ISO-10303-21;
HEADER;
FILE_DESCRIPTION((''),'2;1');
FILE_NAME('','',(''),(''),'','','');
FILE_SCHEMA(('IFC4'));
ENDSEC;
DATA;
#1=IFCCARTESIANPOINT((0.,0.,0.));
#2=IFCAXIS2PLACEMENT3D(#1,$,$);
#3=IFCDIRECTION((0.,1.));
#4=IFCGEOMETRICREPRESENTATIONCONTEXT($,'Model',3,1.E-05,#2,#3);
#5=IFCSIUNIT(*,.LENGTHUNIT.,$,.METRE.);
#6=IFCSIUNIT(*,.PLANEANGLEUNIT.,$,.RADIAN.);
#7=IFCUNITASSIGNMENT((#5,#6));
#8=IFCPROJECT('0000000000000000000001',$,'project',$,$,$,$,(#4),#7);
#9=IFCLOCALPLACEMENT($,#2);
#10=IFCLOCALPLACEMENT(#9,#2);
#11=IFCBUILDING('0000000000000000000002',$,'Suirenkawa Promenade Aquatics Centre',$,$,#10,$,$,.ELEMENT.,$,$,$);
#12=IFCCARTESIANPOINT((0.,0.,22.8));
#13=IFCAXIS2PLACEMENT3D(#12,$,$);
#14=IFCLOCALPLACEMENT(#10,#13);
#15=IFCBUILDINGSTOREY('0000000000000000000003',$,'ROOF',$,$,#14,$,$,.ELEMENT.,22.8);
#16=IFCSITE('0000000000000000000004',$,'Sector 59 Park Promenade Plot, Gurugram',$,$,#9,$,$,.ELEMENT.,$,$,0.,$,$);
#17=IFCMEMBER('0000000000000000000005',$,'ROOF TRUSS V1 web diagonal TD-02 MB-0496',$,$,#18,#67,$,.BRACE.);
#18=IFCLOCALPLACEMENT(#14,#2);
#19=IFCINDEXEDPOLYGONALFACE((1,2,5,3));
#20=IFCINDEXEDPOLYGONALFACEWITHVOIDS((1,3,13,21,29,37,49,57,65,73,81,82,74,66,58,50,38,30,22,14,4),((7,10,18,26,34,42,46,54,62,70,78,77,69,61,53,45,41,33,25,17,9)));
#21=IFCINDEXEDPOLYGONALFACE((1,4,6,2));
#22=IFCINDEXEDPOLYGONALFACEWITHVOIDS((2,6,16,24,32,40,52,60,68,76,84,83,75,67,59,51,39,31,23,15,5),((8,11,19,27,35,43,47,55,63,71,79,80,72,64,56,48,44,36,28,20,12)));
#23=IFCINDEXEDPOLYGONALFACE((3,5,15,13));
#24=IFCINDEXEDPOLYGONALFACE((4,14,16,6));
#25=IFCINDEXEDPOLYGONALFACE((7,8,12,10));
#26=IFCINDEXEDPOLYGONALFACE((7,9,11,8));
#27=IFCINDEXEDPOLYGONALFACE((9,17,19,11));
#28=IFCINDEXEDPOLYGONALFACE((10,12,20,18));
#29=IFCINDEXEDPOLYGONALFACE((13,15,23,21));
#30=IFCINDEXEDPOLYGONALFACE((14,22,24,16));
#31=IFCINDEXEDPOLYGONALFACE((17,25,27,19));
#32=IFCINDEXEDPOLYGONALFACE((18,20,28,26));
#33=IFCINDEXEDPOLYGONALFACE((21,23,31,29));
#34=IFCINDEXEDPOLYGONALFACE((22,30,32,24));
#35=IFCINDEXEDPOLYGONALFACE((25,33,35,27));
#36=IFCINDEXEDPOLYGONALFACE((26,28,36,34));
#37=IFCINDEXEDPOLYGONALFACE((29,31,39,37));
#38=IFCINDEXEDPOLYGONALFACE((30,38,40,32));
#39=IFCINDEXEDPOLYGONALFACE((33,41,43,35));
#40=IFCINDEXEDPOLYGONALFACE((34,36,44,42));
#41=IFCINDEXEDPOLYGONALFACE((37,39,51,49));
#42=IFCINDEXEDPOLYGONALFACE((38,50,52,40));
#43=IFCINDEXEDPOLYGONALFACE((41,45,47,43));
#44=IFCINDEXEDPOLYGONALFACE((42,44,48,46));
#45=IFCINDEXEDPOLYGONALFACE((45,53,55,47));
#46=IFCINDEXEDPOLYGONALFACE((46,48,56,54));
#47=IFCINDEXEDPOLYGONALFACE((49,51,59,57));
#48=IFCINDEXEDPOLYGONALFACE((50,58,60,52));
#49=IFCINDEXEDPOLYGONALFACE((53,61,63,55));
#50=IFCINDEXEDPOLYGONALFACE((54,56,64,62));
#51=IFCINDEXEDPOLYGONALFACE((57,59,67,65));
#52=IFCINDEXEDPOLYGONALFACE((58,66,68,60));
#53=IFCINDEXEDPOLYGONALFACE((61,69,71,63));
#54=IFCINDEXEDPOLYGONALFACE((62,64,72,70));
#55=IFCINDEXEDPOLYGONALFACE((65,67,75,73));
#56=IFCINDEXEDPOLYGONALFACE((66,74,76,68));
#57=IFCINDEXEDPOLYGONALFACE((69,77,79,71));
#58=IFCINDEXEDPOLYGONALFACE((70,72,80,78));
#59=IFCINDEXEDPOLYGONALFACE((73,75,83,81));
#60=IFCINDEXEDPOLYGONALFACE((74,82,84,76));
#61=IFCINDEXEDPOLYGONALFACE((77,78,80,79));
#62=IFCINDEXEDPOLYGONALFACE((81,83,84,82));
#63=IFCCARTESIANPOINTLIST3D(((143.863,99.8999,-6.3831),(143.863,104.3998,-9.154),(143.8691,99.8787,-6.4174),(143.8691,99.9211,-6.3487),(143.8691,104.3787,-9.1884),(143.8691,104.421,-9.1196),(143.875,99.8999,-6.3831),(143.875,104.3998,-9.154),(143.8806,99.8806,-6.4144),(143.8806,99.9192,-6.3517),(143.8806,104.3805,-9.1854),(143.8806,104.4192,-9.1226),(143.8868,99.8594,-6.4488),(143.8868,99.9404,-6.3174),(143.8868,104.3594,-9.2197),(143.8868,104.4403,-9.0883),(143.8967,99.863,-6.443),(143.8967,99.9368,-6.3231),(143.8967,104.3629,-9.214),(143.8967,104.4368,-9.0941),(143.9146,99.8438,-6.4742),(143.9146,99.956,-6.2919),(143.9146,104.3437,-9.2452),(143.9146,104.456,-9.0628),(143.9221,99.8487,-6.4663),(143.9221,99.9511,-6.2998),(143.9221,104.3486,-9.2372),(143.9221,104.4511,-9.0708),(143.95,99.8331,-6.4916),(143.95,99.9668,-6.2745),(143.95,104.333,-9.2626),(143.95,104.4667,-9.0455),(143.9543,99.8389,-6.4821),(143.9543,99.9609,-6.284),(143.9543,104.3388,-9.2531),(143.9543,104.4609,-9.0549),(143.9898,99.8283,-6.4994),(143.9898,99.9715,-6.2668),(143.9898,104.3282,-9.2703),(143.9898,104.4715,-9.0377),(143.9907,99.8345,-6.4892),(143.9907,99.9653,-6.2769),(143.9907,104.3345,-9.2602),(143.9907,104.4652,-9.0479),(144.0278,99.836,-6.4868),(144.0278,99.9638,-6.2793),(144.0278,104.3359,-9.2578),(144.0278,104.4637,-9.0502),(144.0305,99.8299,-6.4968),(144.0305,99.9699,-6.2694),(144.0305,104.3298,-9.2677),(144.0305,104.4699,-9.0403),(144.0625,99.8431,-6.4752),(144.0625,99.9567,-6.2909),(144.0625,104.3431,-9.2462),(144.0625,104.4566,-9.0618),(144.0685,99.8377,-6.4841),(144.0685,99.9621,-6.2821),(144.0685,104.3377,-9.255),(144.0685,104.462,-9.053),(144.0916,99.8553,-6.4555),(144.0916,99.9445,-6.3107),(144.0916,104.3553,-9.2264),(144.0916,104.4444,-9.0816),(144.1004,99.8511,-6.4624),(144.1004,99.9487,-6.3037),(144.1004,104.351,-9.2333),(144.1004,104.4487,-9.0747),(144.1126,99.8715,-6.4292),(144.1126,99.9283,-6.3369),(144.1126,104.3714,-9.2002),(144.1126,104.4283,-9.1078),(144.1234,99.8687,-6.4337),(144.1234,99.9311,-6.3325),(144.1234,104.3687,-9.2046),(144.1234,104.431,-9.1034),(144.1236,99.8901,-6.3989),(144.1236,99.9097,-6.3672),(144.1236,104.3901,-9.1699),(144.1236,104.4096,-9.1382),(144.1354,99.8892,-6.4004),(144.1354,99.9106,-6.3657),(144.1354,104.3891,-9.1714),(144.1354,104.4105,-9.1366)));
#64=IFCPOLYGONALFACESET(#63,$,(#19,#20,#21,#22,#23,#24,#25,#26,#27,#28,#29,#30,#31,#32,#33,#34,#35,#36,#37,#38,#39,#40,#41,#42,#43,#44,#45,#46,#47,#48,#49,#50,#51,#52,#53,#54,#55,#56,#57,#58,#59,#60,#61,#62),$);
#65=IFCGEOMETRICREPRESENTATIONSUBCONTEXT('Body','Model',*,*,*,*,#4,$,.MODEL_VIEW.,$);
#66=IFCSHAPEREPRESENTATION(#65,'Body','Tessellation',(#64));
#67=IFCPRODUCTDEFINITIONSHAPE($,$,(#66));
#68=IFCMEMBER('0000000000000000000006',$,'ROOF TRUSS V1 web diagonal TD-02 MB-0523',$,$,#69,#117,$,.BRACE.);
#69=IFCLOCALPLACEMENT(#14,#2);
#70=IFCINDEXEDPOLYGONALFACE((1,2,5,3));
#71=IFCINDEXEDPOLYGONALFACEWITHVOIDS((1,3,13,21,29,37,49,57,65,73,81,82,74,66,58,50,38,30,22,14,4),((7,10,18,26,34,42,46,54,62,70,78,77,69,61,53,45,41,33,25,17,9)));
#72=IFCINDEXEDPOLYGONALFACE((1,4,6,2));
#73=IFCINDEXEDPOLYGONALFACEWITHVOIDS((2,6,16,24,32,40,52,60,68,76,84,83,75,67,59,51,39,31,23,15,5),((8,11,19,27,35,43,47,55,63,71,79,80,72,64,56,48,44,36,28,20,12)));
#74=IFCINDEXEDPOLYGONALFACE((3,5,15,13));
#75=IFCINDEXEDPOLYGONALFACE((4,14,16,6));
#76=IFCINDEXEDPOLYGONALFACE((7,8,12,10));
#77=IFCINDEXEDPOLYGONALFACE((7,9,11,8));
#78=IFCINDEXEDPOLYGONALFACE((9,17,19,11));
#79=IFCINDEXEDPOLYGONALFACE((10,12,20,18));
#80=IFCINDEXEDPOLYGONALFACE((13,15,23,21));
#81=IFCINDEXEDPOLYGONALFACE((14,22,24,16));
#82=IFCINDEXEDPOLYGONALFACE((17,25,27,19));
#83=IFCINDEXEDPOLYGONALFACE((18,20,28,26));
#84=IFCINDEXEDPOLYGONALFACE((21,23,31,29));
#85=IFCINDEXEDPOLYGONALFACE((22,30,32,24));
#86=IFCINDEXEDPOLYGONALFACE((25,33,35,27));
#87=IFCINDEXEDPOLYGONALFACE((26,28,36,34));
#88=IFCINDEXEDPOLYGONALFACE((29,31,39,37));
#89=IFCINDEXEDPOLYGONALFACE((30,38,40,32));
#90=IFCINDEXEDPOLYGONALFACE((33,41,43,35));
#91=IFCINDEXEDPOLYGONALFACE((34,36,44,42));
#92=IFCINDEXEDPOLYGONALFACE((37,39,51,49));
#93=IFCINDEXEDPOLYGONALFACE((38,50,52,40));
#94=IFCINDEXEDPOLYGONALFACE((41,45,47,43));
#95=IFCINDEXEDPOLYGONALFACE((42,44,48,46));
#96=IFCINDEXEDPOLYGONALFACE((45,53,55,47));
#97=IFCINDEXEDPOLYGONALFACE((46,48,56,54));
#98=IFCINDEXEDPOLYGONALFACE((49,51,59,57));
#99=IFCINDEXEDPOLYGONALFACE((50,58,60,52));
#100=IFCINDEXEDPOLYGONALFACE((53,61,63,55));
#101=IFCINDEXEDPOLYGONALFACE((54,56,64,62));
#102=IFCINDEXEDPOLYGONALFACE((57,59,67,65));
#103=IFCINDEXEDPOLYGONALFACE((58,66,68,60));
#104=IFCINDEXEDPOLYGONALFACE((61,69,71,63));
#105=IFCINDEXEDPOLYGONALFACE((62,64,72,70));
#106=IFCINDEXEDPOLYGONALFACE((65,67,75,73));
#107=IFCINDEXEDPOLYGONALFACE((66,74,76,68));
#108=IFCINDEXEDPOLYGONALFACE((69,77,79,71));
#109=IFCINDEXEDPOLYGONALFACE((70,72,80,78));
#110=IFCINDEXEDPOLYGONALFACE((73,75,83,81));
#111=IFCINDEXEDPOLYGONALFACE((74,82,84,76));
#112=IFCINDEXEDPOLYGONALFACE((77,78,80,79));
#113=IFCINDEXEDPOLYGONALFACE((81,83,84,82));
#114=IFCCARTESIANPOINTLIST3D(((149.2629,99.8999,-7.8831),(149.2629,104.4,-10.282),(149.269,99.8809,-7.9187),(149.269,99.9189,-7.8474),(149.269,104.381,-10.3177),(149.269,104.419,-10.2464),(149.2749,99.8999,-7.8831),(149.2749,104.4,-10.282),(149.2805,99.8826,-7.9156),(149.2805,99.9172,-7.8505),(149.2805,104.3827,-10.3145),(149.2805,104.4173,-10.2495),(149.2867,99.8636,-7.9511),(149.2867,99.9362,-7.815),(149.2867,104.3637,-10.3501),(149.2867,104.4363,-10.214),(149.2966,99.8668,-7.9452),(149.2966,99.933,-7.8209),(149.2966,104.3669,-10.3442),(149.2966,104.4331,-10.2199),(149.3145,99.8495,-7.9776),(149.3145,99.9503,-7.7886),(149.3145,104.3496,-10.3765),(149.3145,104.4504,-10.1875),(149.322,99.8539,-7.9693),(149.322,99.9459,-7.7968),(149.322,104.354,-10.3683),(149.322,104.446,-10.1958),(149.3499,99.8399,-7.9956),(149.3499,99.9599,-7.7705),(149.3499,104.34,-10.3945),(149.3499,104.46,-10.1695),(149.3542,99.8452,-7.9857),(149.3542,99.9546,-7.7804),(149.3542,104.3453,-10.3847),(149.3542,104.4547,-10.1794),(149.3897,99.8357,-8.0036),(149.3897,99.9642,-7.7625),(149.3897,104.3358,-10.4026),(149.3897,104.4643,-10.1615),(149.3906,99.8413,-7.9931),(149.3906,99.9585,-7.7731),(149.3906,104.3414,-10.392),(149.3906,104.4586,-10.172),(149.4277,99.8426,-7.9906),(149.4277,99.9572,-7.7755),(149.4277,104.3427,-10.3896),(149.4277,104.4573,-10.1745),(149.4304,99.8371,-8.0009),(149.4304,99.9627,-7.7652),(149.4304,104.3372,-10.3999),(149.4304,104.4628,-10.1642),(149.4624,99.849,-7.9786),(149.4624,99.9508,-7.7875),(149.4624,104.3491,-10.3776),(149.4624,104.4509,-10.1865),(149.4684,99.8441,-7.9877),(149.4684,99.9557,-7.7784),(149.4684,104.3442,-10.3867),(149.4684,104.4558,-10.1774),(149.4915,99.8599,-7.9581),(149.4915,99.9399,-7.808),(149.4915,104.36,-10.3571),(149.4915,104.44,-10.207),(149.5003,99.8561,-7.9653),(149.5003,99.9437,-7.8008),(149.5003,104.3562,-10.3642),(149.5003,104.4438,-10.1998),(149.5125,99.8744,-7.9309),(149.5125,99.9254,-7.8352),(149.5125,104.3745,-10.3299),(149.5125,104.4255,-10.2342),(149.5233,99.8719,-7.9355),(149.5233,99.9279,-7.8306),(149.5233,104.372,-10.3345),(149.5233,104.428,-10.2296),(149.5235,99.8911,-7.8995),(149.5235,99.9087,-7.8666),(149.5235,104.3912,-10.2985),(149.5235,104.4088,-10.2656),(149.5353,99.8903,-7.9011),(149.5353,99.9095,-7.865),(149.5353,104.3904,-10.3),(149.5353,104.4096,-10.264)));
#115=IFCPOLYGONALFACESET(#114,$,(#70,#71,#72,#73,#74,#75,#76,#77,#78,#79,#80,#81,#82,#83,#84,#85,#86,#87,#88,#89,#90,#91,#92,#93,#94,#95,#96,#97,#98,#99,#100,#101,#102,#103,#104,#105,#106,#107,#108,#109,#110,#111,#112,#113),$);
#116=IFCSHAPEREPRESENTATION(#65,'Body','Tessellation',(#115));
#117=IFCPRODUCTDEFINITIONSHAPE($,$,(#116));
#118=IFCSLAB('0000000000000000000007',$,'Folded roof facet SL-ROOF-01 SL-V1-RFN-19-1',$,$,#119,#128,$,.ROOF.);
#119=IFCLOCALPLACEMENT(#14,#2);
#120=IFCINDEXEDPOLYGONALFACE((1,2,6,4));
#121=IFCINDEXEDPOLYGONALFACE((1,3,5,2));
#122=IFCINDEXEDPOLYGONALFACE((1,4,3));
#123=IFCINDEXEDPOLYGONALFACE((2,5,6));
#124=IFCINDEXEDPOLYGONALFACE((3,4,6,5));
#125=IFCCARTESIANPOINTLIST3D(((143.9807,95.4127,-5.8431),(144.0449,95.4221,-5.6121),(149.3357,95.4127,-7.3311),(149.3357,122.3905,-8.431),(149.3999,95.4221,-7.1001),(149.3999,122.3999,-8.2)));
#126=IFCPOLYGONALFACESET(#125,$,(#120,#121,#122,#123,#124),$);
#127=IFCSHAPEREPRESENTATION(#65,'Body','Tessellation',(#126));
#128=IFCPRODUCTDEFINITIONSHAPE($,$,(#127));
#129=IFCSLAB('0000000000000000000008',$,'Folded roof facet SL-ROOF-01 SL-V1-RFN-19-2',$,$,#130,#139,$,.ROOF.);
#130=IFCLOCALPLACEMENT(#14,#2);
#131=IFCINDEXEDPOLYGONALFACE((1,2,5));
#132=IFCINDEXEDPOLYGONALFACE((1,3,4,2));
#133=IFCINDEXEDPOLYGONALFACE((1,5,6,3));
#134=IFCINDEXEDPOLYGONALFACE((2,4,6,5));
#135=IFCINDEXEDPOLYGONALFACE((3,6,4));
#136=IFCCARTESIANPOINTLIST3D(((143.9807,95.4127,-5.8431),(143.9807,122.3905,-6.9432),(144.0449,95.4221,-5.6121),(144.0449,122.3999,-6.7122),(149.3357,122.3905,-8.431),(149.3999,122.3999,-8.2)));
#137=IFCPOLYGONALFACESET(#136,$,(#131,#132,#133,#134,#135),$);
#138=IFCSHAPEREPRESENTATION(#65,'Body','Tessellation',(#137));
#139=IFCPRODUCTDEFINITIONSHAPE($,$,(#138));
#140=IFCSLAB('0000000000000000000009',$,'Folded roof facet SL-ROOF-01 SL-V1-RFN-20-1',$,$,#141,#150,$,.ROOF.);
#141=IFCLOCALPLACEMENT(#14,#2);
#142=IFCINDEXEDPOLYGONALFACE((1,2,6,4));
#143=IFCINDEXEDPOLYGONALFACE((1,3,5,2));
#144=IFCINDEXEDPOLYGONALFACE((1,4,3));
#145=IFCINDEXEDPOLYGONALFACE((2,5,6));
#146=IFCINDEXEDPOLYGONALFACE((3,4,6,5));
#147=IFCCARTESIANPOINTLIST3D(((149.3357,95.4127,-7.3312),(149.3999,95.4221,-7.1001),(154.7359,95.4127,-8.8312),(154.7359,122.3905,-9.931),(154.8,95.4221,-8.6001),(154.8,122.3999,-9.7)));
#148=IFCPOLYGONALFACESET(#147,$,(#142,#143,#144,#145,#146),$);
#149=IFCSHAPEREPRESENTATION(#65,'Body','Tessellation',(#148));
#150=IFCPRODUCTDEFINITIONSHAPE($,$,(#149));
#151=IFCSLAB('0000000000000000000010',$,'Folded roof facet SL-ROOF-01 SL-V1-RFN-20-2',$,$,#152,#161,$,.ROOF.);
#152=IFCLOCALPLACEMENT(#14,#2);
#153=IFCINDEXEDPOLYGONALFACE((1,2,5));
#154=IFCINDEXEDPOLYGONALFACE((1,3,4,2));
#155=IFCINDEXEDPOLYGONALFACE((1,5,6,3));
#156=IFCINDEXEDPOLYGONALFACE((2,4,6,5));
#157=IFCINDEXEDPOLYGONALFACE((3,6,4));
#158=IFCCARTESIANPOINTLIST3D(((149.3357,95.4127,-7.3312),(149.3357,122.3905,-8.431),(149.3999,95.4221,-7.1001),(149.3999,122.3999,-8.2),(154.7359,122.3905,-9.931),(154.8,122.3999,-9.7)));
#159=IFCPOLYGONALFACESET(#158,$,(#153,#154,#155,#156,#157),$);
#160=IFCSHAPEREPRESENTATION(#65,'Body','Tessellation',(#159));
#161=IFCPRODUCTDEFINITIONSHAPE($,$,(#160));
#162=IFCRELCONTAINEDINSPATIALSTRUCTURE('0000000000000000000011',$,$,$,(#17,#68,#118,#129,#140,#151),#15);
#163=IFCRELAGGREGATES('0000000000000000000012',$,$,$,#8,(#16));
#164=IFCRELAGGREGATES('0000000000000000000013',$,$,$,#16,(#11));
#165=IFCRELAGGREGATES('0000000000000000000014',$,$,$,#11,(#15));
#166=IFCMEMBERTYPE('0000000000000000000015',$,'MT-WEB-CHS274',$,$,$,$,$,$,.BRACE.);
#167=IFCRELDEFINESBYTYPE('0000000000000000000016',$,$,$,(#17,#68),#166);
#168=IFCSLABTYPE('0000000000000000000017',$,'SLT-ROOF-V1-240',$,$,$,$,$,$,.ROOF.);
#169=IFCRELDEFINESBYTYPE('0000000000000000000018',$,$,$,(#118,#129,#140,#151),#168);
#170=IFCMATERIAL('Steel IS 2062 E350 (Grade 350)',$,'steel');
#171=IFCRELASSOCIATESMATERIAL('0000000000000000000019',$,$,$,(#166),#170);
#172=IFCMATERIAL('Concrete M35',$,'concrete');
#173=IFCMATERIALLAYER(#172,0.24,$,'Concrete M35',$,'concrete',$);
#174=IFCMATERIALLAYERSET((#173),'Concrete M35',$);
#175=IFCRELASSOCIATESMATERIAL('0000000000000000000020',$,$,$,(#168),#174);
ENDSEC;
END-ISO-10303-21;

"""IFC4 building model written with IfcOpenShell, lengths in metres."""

from ifc_helpers import new_model, si_unit, direction, frame, origin, origin_2d, place, context, subcontext, project, spatial, polyline, hollow_circle, outline, extrude, material, layer, layer_set, material_profile, profile_set, type_object, element, save


model = new_model("IFC4")

# Units and contexts
model_context = context("Model", 3, precision=1e-05, world=origin(), true_north=direction((0.0, 1.0)))
body_context = subcontext(model_context, "Body", "Model", "MODEL_VIEW")
ifc_project = project(units=[si_unit("LENGTHUNIT", "METRE"), si_unit("PLANEANGLEUNIT", "RADIAN")], contexts=[model_context])

# Site, building, storey
site_placement = place(None, origin())
site = spatial("IfcSite", under=ifc_project, at=site_placement, Name="Sector 59 Park Promenade Plot, Gurugram", CompositionType="ELEMENT", RefElevation=0.0)
building_placement = place(site_placement, origin())
building = spatial("IfcBuilding", under=site, at=building_placement, Name="Suirenkawa Promenade Aquatics Centre", CompositionType="ELEMENT")
storey_placement = place(building_placement, frame((0.0, 0.0, 22.8)))
storey = spatial("IfcBuildingStorey", under=building, at=storey_placement, Name="ROOF", CompositionType="ELEMENT", Elevation=22.8)

# Shared definitions
ifc_material_1 = material(Name="Steel IS 2062 E350 (Grade 350)", Category="steel")

# Members
ifc_material_profile_1 = material_profile(ifc_material_1, hollow_circle(Radius=0.137, WallThickness=0.012, at=origin_2d()), Name="CHS 274x12", Category="steel")
ifc_profile_set_1 = profile_set([ifc_material_profile_1], Name="Steel IS 2062 E350 (Grade 350)")
member_type_1 = type_object("IfcMemberType", Name="MT-WEB-CHS274", PredefinedType="BRACE", material=ifc_profile_set_1)
member_1_placement = place(storey_placement, frame((144.0, 99.8999, -6.3831), z_axis=(0.0, 0.851509, -0.52434), x_axis=(-1.0, 0.0, 0.0)))
element("IfcMember", 1, at=member_1_placement, inside=storey, type_object=member_type_1, Name="ROOF TRUSS V1 web diagonal TD-02 MB-0496", PredefinedType="BRACE", context=body_context, shape_type="SweptSolid", body=[
    extrude(hollow_circle(Radius=0.137, WallThickness=0.012, at=origin_2d()), origin(), (0.0, 0.0, 1.0), 5.2847),
])
member_2_placement = place(storey_placement, frame((149.3999, 99.8999, -7.8831), z_axis=(0.0, 0.88244, -0.470424), x_axis=(-1.0, 0.0, 0.0)))
element("IfcMember", 2, at=member_2_placement, inside=storey, type_object=member_type_1, Name="ROOF TRUSS V1 web diagonal TD-02 MB-0523", PredefinedType="BRACE", context=body_context, shape_type="SweptSolid", body=[
    extrude(hollow_circle(Radius=0.137, WallThickness=0.012, at=origin_2d()), origin(), (0.0, 0.0, 1.0), 5.0996),
])

# Slabs
ifc_material_2 = material(Name="Concrete M35", Category="concrete")
ifc_layer = layer(ifc_material_2, 0.24, Name="Concrete M35", Category="concrete")
ifc_layer_set = layer_set([ifc_layer], Name="Concrete M35")
slab_type = type_object("IfcSlabType", Name="SLT-ROOF-V1-240", PredefinedType="ROOF", material=ifc_layer_set)
slab_1_placement = place(storey_placement, frame((144.0449, 95.4221, -5.6121), z_axis=(0.267528, 0.03925, 0.96275), x_axis=(0.963493, 0.0, -0.267734)))
element("IfcSlab", 3, at=slab_1_placement, inside=storey, type_object=slab_type, Name="Folded roof facet SL-ROOF-01 SL-V1-RFN-19-1", PredefinedType="ROOF", context=body_context, shape_type="SweptSolid", body=[
    extrude(outline(polyline([(0.0, 0.0), (5.5579, 0.0), (5.8524, 26.9986), (0.0, 0.0)])), origin(), (0.0, 0.0, -1.0), 0.24),
])
slab_2_placement = place(storey_placement, frame((144.0449, 95.4221, -5.6121), z_axis=(0.267487, 0.039259, 0.962761), x_axis=(0.193841, 0.97655, -0.093677)))
element("IfcSlab", 4, at=slab_2_placement, inside=storey, type_object=slab_type, Name="Folded roof facet SL-ROOF-01 SL-V1-RFN-19-2", PredefinedType="ROOF", context=body_context, shape_type="SweptSolid", body=[
    extrude(outline(polyline([(0.0, 0.0), (27.6256, 0.0), (26.4482, 5.4317), (0.0, 0.0)])), origin(), (0.0, 0.0, -1.0), 0.24),
])
slab_3_placement = place(storey_placement, frame((149.3999, 95.4221, -7.1001), z_axis=(0.267431, 0.039251, 0.962777), x_axis=(0.96352, 0.0, -0.267637)))
element("IfcSlab", 5, at=slab_3_placement, inside=storey, type_object=slab_type, Name="Folded roof facet SL-ROOF-01 SL-V1-RFN-20-1", PredefinedType="ROOF", context=body_context, shape_type="SweptSolid", body=[
    extrude(outline(polyline([(0.0, 0.0), (5.6046, 0.0), (5.899, 26.9986), (0.0, 0.0)])), origin(), (0.0, 0.0, -1.0), 0.24),
])
slab_4_placement = place(storey_placement, frame((149.3999, 95.4221, -7.1001), z_axis=(0.267431, 0.039251, 0.962777), x_axis=(0.195406, 0.9762, -0.094077)))
element("IfcSlab", 6, at=slab_4_placement, inside=storey, type_object=slab_type, Name="Folded roof facet SL-ROOF-01 SL-V1-RFN-20-2", PredefinedType="ROOF", context=body_context, shape_type="SweptSolid", body=[
    extrude(outline(polyline([(0.0, 0.0), (27.6355, 0.0), (26.4392, 5.4754), (0.0, 0.0)])), origin(), (0.0, 0.0, -1.0), 0.24),
])

save(model, "model.ifc")
